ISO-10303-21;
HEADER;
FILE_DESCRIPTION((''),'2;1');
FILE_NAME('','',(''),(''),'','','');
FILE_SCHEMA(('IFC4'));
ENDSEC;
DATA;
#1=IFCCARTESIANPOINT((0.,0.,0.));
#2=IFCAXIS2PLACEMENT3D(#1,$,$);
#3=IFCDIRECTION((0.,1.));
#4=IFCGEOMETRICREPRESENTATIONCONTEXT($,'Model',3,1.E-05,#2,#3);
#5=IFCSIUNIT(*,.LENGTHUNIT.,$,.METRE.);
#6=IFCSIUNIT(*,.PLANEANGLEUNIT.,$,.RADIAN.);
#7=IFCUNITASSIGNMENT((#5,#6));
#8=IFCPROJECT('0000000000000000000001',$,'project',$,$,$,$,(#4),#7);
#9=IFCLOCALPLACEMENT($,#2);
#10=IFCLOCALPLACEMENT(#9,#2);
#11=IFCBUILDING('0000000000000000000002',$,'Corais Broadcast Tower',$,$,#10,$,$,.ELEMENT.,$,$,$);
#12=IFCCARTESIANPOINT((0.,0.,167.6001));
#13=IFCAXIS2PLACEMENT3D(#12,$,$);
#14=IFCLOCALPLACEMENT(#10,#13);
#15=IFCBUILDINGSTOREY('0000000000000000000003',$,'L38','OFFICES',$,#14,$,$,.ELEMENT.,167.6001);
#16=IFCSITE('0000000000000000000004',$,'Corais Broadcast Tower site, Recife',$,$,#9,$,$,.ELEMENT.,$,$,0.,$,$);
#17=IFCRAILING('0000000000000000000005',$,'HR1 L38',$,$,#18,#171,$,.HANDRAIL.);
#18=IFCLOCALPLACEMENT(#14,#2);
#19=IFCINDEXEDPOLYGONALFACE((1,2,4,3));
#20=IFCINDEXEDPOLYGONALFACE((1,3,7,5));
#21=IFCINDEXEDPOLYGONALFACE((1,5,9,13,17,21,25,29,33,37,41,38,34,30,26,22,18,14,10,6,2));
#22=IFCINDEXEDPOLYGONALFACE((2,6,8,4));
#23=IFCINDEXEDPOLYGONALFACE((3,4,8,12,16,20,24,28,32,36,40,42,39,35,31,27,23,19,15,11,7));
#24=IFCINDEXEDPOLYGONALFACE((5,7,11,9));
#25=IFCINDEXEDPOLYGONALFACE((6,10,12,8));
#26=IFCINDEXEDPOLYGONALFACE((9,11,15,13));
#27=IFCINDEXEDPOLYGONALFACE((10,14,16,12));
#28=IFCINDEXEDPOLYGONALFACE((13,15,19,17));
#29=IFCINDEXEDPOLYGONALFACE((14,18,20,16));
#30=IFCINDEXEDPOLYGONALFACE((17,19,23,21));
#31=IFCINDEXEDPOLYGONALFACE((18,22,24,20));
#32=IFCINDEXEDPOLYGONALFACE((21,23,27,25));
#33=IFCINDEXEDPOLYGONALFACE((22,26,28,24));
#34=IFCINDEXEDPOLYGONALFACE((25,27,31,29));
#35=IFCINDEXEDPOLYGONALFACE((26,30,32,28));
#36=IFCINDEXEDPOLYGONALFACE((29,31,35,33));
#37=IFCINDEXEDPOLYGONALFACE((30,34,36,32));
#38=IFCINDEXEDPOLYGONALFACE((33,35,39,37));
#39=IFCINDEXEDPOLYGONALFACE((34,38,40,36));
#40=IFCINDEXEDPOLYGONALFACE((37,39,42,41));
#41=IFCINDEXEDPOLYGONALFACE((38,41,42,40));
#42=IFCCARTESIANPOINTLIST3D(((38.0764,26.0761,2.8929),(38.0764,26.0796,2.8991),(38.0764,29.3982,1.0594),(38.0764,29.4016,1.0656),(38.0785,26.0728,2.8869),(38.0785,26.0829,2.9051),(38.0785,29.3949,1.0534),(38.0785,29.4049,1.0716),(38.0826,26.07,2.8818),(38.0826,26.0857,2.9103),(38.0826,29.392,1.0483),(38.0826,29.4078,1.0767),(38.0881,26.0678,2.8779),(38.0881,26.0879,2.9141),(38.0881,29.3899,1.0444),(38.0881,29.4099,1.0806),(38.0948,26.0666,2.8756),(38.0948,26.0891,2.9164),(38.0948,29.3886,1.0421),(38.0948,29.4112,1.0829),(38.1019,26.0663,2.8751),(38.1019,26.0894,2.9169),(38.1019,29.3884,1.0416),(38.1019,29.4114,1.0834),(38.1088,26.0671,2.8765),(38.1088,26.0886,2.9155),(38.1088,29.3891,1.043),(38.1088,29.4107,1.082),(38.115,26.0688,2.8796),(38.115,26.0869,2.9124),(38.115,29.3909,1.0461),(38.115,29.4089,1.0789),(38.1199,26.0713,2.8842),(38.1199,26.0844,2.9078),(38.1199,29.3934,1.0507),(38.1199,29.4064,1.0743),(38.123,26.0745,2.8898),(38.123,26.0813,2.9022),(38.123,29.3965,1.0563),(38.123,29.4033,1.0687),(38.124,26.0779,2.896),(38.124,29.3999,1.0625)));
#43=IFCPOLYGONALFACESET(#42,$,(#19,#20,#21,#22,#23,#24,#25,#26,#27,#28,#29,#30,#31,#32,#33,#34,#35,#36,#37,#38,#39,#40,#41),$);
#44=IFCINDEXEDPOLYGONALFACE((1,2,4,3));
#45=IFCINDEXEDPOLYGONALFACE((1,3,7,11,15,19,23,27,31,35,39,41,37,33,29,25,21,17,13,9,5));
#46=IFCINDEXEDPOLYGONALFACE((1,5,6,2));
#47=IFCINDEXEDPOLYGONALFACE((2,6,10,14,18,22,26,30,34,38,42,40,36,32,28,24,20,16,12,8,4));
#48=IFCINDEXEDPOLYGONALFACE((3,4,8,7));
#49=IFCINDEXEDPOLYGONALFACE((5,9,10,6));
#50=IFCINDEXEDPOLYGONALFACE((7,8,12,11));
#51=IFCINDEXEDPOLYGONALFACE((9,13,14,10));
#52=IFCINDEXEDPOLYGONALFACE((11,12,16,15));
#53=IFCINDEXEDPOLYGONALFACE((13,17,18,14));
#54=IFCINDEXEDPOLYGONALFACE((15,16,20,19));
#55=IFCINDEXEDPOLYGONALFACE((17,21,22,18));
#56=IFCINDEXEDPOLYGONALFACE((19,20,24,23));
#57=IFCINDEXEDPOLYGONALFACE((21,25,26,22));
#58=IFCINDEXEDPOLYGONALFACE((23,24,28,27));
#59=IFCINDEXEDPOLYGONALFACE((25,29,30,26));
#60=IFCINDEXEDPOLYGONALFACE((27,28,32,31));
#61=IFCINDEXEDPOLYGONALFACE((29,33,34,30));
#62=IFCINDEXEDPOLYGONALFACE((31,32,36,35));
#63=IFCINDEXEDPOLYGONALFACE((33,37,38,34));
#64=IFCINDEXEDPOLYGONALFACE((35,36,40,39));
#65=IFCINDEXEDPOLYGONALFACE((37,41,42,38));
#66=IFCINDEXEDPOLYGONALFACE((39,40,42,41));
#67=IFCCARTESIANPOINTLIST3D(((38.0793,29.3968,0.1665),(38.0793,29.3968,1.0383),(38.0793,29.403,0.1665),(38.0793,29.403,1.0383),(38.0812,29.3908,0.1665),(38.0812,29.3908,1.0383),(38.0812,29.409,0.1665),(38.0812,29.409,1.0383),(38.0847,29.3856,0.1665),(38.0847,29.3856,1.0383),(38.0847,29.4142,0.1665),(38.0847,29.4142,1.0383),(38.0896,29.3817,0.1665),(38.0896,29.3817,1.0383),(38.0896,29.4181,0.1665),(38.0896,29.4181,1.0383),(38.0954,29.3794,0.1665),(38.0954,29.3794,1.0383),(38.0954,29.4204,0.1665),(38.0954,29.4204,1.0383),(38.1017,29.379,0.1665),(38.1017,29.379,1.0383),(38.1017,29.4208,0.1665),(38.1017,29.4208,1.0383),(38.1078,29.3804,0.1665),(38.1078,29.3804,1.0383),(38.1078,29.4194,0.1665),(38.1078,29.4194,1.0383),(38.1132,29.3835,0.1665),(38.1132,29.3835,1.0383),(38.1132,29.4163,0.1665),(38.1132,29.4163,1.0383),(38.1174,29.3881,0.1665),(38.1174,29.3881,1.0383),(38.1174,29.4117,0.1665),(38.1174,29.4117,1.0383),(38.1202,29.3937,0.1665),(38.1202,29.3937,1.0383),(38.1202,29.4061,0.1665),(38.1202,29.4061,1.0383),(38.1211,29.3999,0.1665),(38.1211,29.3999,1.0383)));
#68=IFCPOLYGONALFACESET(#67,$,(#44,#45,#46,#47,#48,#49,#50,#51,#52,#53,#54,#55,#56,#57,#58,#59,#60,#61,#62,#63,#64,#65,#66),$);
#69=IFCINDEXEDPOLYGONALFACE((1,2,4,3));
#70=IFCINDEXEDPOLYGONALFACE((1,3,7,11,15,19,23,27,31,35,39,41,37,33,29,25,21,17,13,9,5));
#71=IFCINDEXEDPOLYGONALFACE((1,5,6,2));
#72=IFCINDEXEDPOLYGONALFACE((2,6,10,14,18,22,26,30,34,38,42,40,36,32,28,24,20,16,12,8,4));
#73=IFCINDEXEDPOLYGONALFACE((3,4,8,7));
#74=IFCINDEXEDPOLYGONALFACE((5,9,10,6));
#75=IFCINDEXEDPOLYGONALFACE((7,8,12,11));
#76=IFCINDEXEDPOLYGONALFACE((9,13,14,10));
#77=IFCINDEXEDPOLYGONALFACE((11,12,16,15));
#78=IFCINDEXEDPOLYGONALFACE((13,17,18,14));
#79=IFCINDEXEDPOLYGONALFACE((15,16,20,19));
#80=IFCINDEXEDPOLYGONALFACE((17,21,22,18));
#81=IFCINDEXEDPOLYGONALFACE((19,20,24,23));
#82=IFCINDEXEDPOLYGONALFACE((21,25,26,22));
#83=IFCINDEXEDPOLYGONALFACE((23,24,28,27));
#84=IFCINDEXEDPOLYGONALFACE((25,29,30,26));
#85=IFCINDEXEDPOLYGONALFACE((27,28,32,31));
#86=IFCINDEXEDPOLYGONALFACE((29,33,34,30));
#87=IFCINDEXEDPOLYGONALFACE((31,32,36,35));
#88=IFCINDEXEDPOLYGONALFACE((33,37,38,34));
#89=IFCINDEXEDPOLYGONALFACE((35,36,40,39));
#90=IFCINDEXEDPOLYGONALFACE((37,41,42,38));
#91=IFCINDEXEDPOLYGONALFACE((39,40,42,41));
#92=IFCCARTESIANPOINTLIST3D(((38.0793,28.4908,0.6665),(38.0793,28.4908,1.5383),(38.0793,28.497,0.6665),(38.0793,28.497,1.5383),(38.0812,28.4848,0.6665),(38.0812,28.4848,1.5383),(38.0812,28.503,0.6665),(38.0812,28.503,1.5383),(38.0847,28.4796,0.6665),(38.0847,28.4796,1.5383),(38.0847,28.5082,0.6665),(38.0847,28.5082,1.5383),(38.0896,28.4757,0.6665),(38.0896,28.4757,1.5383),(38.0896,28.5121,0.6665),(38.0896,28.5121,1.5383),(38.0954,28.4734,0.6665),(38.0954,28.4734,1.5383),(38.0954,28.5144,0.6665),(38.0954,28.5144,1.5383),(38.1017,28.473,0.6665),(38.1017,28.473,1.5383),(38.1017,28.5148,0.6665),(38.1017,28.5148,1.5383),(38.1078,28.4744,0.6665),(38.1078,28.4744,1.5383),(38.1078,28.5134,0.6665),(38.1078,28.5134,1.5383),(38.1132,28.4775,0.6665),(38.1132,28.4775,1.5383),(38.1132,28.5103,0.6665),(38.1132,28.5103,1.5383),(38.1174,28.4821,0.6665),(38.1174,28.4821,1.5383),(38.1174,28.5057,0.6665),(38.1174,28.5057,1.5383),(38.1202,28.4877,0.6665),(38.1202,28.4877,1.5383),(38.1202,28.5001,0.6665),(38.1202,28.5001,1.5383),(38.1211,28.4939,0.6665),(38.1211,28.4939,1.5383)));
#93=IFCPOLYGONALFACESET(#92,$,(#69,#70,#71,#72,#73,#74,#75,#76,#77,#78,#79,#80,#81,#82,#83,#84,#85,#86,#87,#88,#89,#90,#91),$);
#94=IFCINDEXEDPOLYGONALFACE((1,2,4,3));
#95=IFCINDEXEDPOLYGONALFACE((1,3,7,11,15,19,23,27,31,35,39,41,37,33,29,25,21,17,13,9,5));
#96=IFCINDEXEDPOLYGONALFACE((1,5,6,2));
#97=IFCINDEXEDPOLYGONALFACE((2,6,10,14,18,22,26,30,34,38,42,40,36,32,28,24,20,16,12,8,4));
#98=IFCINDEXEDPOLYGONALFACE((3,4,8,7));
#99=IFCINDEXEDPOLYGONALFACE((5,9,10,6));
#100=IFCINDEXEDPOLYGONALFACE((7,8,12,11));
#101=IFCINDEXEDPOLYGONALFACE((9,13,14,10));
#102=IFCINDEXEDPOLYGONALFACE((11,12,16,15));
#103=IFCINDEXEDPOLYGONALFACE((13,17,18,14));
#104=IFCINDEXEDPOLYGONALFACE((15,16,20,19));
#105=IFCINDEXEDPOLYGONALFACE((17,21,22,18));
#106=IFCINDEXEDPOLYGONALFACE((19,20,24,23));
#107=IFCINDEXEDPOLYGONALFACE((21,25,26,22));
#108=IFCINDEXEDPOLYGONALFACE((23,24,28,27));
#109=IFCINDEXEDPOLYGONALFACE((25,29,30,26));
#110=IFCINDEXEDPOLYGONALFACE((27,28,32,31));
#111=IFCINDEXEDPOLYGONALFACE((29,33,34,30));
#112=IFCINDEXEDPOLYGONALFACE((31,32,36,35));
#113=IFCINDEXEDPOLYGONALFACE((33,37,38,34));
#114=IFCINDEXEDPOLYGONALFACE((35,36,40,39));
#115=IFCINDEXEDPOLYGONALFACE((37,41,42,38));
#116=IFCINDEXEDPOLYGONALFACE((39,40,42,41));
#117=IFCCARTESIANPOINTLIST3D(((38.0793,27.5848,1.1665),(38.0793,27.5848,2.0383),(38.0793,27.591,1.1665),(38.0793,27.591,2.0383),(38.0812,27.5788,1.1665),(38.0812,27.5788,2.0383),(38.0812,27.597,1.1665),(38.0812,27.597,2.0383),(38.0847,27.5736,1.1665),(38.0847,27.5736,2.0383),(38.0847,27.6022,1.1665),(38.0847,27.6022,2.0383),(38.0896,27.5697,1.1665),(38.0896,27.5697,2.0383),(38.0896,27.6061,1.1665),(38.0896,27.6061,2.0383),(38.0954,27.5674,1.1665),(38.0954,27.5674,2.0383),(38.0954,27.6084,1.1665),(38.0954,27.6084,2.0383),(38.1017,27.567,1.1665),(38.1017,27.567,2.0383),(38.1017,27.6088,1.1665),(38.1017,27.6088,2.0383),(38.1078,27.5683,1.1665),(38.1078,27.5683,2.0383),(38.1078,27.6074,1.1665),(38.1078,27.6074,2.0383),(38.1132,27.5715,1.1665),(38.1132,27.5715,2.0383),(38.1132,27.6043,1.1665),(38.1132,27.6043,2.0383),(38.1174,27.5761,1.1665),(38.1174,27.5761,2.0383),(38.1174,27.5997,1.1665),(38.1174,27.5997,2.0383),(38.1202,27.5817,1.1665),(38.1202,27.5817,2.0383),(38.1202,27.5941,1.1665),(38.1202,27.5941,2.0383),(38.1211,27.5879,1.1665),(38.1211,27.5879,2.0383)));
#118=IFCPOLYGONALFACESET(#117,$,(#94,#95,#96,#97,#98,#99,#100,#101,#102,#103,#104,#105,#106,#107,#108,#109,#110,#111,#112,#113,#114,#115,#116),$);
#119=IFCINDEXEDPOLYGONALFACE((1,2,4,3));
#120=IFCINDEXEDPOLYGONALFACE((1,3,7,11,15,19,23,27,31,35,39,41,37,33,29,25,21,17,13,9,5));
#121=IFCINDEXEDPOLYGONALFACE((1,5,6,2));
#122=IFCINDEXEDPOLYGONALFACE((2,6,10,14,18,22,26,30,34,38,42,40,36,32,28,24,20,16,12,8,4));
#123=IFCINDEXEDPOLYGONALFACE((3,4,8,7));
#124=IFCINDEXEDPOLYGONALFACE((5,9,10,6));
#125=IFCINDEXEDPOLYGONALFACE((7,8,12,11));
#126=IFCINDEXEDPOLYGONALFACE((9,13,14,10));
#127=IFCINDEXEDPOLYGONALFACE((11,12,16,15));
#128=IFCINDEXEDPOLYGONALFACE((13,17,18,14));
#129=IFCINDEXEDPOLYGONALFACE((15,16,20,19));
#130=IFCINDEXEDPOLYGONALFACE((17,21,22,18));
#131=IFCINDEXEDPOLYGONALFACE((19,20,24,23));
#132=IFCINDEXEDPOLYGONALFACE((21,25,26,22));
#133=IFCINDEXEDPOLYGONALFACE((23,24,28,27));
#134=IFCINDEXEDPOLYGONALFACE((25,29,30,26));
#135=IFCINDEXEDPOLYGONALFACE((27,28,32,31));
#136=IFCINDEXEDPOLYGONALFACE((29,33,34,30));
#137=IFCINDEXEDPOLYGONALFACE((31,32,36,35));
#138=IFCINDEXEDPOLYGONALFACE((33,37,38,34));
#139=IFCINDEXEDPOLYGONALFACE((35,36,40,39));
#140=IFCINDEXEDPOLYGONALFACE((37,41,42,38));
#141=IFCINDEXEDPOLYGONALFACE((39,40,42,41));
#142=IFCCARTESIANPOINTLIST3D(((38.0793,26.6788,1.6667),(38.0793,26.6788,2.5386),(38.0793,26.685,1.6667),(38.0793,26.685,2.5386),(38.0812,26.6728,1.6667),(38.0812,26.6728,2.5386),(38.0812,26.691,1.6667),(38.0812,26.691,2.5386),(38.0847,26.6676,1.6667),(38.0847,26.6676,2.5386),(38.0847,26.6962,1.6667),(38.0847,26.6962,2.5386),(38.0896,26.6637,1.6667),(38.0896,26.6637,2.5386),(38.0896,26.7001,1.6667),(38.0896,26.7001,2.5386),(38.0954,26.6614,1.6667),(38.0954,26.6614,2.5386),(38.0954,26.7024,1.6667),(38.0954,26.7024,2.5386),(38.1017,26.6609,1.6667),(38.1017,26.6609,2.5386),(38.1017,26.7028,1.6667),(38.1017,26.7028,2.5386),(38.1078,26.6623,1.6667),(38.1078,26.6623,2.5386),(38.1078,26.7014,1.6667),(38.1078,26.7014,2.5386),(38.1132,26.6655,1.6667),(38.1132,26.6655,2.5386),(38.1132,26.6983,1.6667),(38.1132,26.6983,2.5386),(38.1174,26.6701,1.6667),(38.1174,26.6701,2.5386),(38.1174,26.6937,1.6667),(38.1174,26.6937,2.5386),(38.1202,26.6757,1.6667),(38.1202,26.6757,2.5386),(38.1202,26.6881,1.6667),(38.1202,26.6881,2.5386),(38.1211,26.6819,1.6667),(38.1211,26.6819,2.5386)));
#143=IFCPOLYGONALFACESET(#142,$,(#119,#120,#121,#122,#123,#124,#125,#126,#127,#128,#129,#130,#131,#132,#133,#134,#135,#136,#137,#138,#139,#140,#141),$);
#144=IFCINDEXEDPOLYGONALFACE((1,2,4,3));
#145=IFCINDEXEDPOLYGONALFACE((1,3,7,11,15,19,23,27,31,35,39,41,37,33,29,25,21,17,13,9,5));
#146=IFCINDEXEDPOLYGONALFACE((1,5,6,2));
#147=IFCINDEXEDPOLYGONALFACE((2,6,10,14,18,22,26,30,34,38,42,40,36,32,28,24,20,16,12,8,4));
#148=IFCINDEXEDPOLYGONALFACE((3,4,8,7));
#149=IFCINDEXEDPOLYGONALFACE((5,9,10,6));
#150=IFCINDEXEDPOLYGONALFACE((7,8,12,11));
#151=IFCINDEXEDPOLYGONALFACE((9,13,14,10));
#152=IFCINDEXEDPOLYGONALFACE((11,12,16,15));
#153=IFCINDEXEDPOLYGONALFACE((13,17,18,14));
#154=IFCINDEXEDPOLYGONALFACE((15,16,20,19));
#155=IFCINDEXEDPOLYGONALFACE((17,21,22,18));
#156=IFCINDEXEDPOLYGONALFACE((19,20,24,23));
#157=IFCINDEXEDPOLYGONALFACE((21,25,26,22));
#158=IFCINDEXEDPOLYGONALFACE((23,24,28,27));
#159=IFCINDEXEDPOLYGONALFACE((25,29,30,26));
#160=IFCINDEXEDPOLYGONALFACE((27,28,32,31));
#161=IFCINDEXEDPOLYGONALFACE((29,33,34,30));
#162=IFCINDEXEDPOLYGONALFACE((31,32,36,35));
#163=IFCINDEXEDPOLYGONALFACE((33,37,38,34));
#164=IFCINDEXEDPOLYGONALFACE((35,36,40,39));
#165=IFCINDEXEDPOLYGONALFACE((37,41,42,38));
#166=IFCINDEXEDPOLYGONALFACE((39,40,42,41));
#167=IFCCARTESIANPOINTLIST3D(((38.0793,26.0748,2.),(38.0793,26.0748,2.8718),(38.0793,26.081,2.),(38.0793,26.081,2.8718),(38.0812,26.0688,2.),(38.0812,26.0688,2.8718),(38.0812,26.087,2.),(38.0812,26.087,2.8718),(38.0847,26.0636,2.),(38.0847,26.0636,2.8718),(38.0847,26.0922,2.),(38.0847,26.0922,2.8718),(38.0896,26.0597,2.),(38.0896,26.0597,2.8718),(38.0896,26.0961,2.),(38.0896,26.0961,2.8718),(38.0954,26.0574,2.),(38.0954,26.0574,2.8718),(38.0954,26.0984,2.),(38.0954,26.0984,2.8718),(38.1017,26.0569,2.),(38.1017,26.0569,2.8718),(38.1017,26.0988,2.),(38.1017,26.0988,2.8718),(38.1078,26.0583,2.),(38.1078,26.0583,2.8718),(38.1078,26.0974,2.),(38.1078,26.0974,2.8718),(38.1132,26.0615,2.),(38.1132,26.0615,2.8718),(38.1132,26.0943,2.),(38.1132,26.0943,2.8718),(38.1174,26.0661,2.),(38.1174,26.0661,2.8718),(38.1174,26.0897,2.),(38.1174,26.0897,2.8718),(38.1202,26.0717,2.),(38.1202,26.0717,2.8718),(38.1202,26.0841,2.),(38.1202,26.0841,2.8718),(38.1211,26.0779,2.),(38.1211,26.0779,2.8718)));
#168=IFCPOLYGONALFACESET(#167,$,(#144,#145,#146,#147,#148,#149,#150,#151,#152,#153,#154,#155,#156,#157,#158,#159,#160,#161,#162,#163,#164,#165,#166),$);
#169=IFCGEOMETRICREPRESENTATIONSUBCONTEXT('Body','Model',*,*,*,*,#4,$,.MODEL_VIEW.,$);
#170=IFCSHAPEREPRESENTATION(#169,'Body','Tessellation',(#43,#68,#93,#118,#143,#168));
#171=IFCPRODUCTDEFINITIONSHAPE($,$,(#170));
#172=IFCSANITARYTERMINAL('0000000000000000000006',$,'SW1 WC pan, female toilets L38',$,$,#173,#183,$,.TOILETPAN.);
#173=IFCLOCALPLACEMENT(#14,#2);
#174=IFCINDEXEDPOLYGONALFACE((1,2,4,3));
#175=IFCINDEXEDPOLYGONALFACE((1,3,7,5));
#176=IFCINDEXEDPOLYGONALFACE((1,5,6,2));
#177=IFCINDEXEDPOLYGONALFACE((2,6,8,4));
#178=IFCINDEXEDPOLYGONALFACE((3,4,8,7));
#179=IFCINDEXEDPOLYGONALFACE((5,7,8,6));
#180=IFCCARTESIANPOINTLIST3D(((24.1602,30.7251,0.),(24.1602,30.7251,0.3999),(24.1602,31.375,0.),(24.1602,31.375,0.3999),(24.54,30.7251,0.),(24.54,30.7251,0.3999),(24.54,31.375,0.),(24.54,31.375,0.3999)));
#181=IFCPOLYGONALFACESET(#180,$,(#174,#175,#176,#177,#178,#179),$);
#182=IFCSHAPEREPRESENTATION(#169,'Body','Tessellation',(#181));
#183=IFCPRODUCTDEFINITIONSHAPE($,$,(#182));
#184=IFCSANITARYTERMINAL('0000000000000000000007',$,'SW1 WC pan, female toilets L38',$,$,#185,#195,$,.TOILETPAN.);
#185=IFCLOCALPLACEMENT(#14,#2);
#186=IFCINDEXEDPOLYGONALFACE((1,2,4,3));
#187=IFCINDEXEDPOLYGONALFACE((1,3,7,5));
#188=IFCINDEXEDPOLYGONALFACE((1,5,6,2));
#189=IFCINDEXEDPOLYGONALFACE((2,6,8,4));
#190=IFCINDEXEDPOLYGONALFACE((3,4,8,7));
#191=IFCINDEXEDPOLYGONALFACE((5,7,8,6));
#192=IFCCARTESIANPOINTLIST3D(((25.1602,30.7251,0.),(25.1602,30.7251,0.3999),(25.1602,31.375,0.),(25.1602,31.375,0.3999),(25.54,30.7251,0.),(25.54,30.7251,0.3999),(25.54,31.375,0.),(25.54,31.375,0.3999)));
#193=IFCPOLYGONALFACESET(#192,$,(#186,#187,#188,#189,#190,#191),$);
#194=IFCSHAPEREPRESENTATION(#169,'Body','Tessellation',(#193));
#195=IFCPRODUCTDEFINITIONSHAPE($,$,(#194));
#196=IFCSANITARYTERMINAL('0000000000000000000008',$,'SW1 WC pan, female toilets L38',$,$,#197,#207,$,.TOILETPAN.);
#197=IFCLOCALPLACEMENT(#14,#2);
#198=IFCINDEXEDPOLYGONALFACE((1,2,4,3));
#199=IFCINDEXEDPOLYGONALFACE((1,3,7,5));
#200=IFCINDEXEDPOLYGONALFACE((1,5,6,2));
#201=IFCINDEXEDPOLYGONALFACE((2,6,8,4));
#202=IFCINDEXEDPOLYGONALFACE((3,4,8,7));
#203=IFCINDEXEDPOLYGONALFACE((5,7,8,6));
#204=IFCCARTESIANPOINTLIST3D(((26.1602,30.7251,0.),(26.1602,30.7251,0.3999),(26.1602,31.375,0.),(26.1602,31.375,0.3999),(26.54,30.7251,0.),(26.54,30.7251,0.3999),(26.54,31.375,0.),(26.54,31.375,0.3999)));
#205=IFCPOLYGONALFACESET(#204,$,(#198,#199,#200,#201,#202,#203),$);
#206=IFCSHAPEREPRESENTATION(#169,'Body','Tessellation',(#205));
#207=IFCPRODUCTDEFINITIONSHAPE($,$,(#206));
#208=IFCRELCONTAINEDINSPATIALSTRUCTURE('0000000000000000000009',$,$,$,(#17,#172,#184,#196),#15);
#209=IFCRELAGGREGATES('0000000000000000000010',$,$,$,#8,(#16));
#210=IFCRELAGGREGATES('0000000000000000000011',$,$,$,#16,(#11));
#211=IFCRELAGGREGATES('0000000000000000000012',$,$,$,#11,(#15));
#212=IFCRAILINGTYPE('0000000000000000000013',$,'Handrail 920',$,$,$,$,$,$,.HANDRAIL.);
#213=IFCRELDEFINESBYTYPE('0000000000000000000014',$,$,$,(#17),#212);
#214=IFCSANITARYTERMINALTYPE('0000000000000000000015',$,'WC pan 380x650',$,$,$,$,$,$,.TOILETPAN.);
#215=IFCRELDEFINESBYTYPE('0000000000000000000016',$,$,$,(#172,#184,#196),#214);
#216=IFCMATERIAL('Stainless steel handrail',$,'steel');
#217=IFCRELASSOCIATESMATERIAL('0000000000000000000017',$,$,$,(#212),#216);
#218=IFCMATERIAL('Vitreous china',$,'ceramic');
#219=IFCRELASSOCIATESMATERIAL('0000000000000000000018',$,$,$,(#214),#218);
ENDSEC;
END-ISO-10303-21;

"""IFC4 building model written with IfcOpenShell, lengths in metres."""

from ifc_helpers import new_model, si_unit, direction, frame, origin, origin_2d, place, context, subcontext, project, spatial, rectangle, circle, extrude, material, type_object, element, save


model = new_model("IFC4")

# Units and contexts
model_context = context("Model", 3, precision=1e-05, world=origin(), true_north=direction((0.0, 1.0)))
body_context = subcontext(model_context, "Body", "Model", "MODEL_VIEW")
ifc_project = project(units=[si_unit("LENGTHUNIT", "METRE"), si_unit("PLANEANGLEUNIT", "RADIAN")], contexts=[model_context])

# Site, building, storey
site_placement = place(None, origin())
site = spatial("IfcSite", under=ifc_project, at=site_placement, Name="Corais Broadcast Tower site, Recife", CompositionType="ELEMENT", RefElevation=0.0)
building_placement = place(site_placement, origin())
building = spatial("IfcBuilding", under=site, at=building_placement, Name="Corais Broadcast Tower", CompositionType="ELEMENT")
storey_placement = place(building_placement, frame((0.0, 0.0, 167.6001)))
storey = spatial("IfcBuildingStorey", under=building, at=storey_placement, Name="L38", Description="OFFICES", CompositionType="ELEMENT", Elevation=167.6001)

# Railing
ifc_material_1 = material(Name="Stainless steel handrail", Category="steel")
railing_type = type_object("IfcRailingType", Name="Handrail 920", PredefinedType="HANDRAIL", material=ifc_material_1)
for number, where, name in (
    (1, (38.1001, 29.3999, 0.1665), "HR1 L38"),
):
    element("IfcRailing", number, at=place(storey_placement, frame(where)), inside=storey, type_object=railing_type, Name=name, PredefinedType="HANDRAIL", context=body_context, shape_type="SweptSolid", body=[
        extrude(circle(Radius=0.0239, at=origin_2d()), frame((0.0, 0.0, 0.896), z_axis=(0.0, -0.875504, 0.48321), x_axis=(1.0, 0.0, 0.0)), (0.0, 0.0, 1.0), 3.7944),
        extrude(circle(Radius=0.021, at=origin_2d()), origin(), (0.0, 0.0, 1.0), 0.8718),
        extrude(circle(Radius=0.021, at=origin_2d()), frame((0.0, -0.906, 0.5)), (0.0, 0.0, 1.0), 0.8718),
        extrude(circle(Radius=0.021, at=origin_2d()), frame((0.0, -1.812, 1.0)), (0.0, 0.0, 1.0), 0.8718),
        extrude(circle(Radius=0.021, at=origin_2d()), frame((0.0, -2.718, 1.5002)), (0.0, 0.0, 1.0), 0.8718),
        extrude(circle(Radius=0.021, at=origin_2d()), frame((0.0, -3.322, 1.8335)), (0.0, 0.0, 1.0), 0.8718),
    ])

# Sanitary terminals
ifc_material_2 = material(Name="Vitreous china", Category="ceramic")
sanitary_terminal_type = type_object("IfcSanitaryTerminalType", Name="WC pan 380x650", PredefinedType="TOILETPAN", material=ifc_material_2)
for number, where, z_axis, x_axis, name in (
    (2, (24.3501, 31.05, 0.0), (0.0, 0.0, 1.0), (1.0, 0.0, 0.0), "SW1 WC pan, female toilets L38"),
    (3, (25.3501, 31.05, 0.0), (0.0, 0.0, 1.0), (1.0, 0.0, 0.0), "SW1 WC pan, female toilets L38"),
    (4, (26.3501, 31.05, 0.0), (0.0, 0.0, 1.0), (1.0, 0.0, 0.0), "SW1 WC pan, female toilets L38"),
):
    element("IfcSanitaryTerminal", number, at=place(storey_placement, frame(where, z_axis=z_axis, x_axis=x_axis)), inside=storey, type_object=sanitary_terminal_type, Name=name, PredefinedType="TOILETPAN", context=body_context, shape_type="SweptSolid", body=[
        extrude(rectangle(XDim=0.3799, YDim=0.6499, at=origin_2d()), origin(), (0.0, 0.0, 1.0), 0.3999),
    ])

save(model, "model.ifc")
